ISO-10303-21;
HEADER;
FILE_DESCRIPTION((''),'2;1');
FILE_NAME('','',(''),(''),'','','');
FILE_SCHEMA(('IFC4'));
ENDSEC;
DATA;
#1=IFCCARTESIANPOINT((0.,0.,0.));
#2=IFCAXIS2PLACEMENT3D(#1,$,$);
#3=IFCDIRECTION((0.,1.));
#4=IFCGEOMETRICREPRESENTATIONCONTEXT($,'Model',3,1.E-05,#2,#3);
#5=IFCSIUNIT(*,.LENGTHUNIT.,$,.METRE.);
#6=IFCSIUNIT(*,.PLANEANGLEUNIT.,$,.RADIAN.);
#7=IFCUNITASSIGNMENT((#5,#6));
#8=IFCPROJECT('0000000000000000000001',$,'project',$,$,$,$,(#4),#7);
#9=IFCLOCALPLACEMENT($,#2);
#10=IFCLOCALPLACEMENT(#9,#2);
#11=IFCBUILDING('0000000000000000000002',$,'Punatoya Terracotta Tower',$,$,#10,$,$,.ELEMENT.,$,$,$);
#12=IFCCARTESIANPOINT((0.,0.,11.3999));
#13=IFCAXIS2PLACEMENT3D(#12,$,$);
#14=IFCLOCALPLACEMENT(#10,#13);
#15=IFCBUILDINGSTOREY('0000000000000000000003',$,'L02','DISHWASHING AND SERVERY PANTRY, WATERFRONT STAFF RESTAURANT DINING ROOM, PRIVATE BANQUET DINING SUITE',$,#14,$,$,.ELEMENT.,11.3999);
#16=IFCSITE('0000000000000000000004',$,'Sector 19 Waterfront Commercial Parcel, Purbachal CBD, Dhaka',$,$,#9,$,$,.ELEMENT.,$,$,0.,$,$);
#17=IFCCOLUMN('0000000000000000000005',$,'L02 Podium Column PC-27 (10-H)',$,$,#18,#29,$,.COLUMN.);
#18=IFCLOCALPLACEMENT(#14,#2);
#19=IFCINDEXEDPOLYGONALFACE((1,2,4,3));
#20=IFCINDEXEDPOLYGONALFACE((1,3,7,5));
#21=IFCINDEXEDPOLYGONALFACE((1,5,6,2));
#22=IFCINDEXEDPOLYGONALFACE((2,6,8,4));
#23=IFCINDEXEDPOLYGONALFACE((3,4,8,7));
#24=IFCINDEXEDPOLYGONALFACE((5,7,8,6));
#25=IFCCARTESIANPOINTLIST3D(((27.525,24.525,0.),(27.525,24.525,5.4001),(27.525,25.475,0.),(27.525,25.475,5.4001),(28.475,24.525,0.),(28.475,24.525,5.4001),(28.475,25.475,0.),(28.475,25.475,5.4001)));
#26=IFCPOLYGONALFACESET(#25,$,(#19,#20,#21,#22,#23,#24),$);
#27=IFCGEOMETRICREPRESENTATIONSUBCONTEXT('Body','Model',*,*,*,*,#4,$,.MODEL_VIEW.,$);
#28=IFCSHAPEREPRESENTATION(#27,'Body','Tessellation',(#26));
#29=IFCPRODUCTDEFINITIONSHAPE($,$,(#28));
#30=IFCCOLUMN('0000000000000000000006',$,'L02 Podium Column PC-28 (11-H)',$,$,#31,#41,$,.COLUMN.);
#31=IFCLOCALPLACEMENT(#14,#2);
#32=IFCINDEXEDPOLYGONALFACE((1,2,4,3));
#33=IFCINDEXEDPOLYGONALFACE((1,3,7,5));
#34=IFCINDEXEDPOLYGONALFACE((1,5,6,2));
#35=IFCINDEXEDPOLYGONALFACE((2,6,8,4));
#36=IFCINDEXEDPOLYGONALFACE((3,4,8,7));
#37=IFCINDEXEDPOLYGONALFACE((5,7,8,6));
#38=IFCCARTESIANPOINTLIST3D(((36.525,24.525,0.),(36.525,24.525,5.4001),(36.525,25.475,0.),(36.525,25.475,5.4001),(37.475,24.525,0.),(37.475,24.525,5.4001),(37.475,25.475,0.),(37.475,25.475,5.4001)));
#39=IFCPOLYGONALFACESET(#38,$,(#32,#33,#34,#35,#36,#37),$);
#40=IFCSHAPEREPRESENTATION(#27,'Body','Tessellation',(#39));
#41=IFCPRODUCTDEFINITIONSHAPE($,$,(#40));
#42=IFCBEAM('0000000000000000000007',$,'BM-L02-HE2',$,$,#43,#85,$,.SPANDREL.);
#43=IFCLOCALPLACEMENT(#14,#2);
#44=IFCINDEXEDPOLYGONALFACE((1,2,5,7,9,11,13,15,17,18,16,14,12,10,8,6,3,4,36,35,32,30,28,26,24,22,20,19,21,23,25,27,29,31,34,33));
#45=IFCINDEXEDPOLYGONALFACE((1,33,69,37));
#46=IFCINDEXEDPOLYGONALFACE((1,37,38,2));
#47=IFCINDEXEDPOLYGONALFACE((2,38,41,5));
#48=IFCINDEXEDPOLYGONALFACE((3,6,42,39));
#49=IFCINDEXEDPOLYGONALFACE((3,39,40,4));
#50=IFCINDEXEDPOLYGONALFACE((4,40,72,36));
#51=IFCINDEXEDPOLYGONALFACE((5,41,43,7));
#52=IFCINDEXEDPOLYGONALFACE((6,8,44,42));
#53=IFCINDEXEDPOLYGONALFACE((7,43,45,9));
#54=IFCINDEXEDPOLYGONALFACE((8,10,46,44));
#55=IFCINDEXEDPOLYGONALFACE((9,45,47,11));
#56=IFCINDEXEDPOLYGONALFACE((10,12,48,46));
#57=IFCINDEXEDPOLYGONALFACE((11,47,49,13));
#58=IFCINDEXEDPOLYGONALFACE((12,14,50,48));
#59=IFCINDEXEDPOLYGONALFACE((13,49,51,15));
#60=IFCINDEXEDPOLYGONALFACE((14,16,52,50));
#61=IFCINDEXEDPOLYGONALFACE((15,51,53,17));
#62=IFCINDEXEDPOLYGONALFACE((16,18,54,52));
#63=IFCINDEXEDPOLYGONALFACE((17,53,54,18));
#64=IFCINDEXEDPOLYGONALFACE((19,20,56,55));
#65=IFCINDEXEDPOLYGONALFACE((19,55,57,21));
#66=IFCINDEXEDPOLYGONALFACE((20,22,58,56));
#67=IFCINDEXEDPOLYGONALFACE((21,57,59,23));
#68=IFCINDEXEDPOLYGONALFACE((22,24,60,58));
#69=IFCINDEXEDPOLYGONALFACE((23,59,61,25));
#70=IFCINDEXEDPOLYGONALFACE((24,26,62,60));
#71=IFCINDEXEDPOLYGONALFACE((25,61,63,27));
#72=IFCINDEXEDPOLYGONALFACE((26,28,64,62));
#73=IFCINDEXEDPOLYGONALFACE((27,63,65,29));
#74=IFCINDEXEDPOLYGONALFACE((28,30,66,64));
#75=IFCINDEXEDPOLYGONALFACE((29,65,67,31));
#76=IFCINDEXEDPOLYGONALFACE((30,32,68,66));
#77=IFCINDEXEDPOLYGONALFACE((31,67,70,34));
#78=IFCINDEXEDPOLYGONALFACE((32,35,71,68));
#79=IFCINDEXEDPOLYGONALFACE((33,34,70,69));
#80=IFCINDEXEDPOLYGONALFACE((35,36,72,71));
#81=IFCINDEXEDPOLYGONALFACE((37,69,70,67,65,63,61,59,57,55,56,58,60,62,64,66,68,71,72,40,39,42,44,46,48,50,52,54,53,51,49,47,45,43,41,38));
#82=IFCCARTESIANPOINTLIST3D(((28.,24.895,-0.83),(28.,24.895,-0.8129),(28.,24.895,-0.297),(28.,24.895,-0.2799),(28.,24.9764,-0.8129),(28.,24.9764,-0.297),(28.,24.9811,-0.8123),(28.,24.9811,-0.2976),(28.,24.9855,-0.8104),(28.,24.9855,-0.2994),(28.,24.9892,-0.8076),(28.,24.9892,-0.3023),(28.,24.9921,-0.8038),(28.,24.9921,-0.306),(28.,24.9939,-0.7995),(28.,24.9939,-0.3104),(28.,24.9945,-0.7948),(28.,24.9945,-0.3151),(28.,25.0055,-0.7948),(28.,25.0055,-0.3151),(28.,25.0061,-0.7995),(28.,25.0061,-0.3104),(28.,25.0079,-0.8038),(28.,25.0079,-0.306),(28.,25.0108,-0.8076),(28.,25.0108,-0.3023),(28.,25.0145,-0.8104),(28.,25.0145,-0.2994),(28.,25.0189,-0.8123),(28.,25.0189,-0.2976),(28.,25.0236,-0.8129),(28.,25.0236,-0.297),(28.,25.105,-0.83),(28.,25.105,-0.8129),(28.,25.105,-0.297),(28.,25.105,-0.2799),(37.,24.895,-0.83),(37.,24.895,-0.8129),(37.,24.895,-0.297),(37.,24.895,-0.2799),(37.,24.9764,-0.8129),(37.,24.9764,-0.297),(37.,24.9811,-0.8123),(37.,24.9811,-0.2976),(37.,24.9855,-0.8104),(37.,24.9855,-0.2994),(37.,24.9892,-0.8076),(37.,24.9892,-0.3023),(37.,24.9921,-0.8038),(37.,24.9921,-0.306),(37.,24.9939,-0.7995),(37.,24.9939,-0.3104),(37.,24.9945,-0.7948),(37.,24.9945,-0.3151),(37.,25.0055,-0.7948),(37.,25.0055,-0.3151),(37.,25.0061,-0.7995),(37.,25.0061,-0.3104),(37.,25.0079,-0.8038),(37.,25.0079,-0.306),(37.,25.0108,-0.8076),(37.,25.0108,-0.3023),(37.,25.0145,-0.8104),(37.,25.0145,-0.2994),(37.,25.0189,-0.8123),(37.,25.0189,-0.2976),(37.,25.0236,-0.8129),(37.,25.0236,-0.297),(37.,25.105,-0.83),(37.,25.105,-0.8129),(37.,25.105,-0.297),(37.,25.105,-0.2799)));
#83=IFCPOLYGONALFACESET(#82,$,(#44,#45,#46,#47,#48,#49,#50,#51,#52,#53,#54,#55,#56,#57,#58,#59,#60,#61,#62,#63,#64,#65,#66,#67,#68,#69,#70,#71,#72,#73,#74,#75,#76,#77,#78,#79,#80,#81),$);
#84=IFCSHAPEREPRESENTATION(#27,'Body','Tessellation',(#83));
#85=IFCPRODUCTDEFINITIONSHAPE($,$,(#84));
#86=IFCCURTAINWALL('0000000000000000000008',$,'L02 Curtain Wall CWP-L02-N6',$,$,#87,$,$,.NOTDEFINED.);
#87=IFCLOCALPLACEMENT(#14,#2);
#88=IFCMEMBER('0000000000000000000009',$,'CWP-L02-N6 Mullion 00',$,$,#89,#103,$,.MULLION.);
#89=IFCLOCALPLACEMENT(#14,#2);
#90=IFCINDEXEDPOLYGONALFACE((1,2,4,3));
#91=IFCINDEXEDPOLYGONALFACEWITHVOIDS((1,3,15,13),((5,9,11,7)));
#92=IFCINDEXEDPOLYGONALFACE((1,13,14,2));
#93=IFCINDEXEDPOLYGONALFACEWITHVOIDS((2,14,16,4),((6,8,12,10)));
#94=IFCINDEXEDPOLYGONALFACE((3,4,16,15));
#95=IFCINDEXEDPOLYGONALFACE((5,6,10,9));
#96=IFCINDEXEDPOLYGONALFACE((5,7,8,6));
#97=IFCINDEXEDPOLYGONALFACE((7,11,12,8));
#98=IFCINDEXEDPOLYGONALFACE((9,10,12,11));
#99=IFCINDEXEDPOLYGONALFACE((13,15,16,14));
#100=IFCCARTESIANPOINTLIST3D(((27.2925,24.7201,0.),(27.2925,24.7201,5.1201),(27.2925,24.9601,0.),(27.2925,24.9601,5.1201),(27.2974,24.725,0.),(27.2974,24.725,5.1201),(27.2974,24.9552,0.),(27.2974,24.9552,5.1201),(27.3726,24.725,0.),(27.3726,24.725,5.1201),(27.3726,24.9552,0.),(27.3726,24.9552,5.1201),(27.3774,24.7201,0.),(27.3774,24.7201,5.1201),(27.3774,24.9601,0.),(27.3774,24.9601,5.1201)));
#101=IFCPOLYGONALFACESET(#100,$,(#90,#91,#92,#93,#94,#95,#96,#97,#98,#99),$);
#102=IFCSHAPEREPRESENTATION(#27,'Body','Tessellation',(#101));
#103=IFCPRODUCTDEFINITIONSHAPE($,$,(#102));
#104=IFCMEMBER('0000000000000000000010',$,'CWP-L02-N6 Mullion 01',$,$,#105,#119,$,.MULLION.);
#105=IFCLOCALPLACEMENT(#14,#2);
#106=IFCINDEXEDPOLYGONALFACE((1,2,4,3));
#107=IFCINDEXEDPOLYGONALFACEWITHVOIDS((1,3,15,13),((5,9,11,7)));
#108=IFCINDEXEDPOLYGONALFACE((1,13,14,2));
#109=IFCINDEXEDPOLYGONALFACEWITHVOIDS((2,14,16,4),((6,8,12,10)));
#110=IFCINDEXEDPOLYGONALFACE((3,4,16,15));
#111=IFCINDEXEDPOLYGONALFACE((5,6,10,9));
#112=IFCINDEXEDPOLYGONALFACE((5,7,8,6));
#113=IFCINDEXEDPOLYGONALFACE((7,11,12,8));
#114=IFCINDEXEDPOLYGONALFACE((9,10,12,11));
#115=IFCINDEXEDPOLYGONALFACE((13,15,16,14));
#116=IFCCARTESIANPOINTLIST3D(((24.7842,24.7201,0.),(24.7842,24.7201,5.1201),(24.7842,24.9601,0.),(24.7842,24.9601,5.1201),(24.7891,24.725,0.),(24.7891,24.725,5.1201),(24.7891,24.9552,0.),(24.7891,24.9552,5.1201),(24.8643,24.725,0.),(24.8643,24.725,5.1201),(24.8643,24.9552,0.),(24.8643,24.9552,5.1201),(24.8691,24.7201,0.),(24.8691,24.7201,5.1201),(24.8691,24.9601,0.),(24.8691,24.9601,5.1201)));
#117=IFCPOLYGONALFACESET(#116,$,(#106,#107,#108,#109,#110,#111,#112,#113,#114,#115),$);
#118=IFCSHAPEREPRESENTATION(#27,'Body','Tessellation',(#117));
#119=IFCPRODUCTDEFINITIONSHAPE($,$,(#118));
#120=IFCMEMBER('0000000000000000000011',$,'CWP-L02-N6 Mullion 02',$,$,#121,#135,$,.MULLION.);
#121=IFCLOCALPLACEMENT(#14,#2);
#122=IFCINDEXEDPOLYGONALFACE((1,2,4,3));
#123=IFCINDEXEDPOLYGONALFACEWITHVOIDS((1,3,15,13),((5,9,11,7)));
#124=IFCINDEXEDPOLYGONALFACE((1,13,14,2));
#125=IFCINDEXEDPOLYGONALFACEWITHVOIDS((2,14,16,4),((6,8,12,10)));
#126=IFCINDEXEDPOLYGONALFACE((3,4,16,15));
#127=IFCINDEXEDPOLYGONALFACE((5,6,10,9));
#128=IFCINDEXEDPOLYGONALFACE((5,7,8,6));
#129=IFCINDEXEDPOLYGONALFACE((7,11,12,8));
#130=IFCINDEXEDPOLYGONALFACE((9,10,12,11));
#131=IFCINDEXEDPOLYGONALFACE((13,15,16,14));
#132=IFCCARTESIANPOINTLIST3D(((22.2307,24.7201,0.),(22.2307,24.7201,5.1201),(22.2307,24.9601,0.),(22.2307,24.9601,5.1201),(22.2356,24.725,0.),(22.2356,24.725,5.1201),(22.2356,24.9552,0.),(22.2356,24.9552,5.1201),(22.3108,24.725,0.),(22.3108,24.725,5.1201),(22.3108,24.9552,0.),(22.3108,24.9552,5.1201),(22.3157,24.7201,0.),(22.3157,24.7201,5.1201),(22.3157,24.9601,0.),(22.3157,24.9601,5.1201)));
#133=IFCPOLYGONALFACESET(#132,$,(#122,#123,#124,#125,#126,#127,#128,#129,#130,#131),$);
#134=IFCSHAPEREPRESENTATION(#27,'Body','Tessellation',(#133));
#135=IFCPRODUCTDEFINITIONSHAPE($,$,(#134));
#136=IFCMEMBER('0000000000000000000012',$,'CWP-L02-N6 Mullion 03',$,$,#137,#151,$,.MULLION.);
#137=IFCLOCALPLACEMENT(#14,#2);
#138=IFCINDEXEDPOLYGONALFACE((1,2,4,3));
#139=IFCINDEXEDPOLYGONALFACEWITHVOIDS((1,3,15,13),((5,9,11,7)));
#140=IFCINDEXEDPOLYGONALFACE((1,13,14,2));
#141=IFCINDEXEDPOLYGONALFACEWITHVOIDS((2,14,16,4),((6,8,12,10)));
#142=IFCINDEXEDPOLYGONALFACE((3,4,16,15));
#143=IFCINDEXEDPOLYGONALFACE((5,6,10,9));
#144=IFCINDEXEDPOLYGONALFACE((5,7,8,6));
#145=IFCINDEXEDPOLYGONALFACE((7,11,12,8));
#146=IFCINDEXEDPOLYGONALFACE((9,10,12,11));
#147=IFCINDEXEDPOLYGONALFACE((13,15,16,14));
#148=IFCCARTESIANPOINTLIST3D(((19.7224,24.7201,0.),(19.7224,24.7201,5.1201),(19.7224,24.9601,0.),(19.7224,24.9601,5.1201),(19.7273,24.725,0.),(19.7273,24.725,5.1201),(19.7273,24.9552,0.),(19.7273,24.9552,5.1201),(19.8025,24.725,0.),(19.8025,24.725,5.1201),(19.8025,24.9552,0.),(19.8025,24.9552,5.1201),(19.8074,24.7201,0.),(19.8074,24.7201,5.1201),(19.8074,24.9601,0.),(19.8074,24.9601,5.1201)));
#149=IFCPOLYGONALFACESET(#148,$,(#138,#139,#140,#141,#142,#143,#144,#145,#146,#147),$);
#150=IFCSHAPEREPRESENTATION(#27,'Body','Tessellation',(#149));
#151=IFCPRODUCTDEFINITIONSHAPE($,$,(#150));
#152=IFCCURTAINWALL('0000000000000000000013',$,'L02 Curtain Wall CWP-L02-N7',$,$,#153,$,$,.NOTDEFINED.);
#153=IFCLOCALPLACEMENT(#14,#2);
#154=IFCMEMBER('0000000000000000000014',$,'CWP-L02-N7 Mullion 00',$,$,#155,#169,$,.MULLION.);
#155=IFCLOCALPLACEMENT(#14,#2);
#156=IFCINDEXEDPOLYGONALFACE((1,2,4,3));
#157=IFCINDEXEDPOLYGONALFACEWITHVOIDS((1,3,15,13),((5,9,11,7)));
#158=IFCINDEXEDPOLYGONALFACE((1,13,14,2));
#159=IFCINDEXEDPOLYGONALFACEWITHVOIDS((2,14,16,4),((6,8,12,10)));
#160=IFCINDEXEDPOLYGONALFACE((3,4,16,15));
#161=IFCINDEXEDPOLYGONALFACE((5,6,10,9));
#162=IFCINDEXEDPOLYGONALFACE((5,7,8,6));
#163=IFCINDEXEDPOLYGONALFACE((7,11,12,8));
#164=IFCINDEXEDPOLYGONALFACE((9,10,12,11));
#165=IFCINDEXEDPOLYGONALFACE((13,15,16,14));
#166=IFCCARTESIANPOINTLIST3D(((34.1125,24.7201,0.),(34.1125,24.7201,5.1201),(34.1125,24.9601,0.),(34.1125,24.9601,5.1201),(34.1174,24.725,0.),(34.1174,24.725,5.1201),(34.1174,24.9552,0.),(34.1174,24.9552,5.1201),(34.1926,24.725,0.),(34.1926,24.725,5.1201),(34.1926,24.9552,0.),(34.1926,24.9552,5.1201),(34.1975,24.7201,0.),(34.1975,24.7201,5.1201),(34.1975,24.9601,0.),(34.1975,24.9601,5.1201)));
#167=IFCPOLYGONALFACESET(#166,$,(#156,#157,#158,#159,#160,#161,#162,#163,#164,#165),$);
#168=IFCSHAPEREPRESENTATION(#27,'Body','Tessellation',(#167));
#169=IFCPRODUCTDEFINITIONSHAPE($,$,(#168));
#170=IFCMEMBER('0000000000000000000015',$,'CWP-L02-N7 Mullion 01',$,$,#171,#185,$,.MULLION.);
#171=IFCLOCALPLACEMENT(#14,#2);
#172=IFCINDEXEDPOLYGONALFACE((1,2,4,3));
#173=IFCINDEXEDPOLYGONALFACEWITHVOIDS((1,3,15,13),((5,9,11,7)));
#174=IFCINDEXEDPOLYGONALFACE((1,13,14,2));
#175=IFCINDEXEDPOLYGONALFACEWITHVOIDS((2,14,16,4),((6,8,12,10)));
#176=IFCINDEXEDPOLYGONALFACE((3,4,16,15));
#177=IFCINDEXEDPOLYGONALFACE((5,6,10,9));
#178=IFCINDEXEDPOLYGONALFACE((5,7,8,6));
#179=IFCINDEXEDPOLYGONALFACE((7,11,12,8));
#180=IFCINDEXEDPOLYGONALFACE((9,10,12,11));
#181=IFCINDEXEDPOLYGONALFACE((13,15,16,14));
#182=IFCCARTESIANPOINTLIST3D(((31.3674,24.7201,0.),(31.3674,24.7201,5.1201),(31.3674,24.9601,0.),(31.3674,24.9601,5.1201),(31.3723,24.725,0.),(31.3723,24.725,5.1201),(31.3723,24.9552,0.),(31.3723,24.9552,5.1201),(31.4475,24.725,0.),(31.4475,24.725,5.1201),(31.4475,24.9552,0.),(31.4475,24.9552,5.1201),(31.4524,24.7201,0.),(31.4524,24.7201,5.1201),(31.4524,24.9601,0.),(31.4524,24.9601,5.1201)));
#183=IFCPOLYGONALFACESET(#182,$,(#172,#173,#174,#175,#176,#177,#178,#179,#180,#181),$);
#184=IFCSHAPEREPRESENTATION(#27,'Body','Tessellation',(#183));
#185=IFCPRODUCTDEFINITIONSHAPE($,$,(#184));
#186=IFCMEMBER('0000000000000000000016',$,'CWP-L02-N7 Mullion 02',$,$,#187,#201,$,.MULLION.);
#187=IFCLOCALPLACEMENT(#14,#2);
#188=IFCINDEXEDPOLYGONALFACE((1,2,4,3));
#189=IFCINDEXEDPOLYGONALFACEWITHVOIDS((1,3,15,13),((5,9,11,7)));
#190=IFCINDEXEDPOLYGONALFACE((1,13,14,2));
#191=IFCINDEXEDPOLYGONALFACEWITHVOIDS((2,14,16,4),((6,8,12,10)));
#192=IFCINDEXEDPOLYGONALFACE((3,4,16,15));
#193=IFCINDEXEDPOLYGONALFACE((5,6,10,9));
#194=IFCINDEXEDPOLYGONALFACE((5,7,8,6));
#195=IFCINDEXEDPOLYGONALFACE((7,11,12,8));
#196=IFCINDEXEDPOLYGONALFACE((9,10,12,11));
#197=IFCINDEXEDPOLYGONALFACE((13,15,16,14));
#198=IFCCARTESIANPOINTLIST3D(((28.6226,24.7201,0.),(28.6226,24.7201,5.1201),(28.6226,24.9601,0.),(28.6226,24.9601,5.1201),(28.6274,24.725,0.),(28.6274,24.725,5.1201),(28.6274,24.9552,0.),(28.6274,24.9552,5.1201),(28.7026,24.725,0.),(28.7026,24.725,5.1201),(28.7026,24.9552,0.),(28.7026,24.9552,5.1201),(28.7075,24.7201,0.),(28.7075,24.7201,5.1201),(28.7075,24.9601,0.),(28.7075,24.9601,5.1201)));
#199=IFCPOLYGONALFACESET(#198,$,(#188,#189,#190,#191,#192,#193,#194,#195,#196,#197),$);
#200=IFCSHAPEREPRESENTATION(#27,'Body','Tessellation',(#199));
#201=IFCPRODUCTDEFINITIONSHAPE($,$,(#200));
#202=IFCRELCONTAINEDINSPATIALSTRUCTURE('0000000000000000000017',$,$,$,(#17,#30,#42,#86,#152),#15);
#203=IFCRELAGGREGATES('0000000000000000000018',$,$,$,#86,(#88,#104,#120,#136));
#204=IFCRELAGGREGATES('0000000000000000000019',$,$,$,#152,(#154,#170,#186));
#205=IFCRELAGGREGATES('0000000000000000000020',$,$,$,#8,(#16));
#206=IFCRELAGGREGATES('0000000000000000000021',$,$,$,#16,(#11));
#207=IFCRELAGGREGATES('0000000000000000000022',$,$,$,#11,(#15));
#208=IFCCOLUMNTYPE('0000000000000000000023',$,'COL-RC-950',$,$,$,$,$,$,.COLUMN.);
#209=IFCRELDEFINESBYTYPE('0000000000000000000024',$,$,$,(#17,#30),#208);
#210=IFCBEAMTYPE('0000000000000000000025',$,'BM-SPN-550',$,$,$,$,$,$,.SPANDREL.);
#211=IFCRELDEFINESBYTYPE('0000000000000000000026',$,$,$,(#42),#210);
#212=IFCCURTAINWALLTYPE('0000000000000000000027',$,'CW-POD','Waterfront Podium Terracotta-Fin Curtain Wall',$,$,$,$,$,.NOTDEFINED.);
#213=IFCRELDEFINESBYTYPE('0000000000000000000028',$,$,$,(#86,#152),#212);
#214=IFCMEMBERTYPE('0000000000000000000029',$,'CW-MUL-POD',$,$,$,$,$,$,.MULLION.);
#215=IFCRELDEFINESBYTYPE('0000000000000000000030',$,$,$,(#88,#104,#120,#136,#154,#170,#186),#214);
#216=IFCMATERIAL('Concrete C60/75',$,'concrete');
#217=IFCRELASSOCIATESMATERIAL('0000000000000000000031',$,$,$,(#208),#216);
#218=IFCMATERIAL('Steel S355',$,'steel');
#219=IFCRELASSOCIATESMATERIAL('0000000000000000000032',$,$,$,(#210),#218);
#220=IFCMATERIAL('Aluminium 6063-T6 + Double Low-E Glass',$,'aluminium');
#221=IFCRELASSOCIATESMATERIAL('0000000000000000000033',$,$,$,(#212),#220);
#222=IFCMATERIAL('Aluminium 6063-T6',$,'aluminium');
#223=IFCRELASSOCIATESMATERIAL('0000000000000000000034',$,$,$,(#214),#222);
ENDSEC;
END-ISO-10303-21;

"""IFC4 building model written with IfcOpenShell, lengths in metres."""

from ifc_helpers import new_model, si_unit, direction, frame, origin, origin_2d, place, context, subcontext, project, spatial, rectangle, hollow_rectangle, i_section, extrude, material, material_profile, profile_set, type_object, element, aggregate, save


model = new_model("IFC4")

# Units and contexts
model_context = context("Model", 3, precision=1e-05, world=origin(), true_north=direction((0.0, 1.0)))
body_context = subcontext(model_context, "Body", "Model", "MODEL_VIEW")
ifc_project = project(units=[si_unit("LENGTHUNIT", "METRE"), si_unit("PLANEANGLEUNIT", "RADIAN")], contexts=[model_context])

# Site, building, storey
site_placement = place(None, origin())
site = spatial("IfcSite", under=ifc_project, at=site_placement, Name="Sector 19 Waterfront Commercial Parcel, Purbachal CBD, Dhaka", CompositionType="ELEMENT", RefElevation=0.0)
building_placement = place(site_placement, origin())
building = spatial("IfcBuilding", under=site, at=building_placement, Name="Punatoya Terracotta Tower", CompositionType="ELEMENT")
storey_placement = place(building_placement, frame((0.0, 0.0, 11.3999)))
storey = spatial("IfcBuildingStorey", under=building, at=storey_placement, Name="L02", Description="DISHWASHING AND SERVERY PANTRY, WATERFRONT STAFF RESTAURANT DINING ROOM, PRIVATE BANQUET DINING SUITE", CompositionType="ELEMENT", Elevation=11.3999)

# Columns
ifc_material_1 = material(Name="Concrete C60/75", Category="concrete")
ifc_material_profile_1 = material_profile(ifc_material_1, rectangle(XDim=0.95, YDim=0.95, at=origin_2d()))
ifc_profile_set_1 = profile_set([ifc_material_profile_1], Name="Concrete C60/75")
column_type = type_object("IfcColumnType", Name="COL-RC-950", PredefinedType="COLUMN", material=ifc_profile_set_1)
for number, where, z_axis, x_axis, name in (
    (1, (28.0, 25.0, 0.0), (0.0, 0.0, 1.0), (1.0, 0.0, 0.0), "L02 Podium Column PC-27 (10-H)"),
    (2, (37.0, 25.0, 0.0), (0.0, 0.0, 1.0), (1.0, 0.0, 0.0), "L02 Podium Column PC-28 (11-H)"),
):
    element("IfcColumn", number, at=place(storey_placement, frame(where, z_axis=z_axis, x_axis=x_axis)), inside=storey, type_object=column_type, Name=name, PredefinedType="COLUMN", context=body_context, shape_type="SweptSolid", body=[
        extrude(rectangle(XDim=0.95, YDim=0.95, at=origin_2d()), origin(), (0.0, 0.0, 1.0), 5.4001),
    ])

# Beam
ifc_material_2 = material(Name="Steel S355", Category="steel")
ifc_material_profile_2 = material_profile(ifc_material_2, i_section(OverallWidth=0.21, OverallDepth=0.55, WebThickness=0.011, FlangeThickness=0.0171, FilletRadius=0.0181, at=origin_2d()))
ifc_profile_set_2 = profile_set([ifc_material_profile_2], Name="Steel S355")
beam_type = type_object("IfcBeamType", Name="BM-SPN-550", PredefinedType="SPANDREL", material=ifc_profile_set_2)
beam_placement = place(storey_placement, frame((28.0, 25.0, -0.5549), z_axis=(1.0, 0.0, 0.0), x_axis=(0.0, 1.0, 0.0)))
element("IfcBeam", 3, at=beam_placement, inside=storey, type_object=beam_type, Name="BM-L02-HE2", PredefinedType="SPANDREL", context=body_context, shape_type="SweptSolid", body=[
    extrude(i_section(OverallWidth=0.21, OverallDepth=0.55, WebThickness=0.011, FlangeThickness=0.0171, FilletRadius=0.0181, at=origin_2d()), origin(), (0.0, 0.0, 1.0), 9.0),
])

# Curtain walls, members
ifc_material_3 = material(Name="Aluminium 6063-T6 + Double Low-E Glass", Category="aluminium")
curtain_wall_type = type_object("IfcCurtainWallType", Name="CW-POD", Description="Waterfront Podium Terracotta-Fin Curtain Wall", PredefinedType="NOTDEFINED", material=ifc_material_3)
curtain_wall_1_placement = place(storey_placement, origin())
curtain_wall_1 = element("IfcCurtainWall", 4, at=curtain_wall_1_placement, inside=storey, type_object=curtain_wall_type, Name="L02 Curtain Wall CWP-L02-N6", PredefinedType="NOTDEFINED")
ifc_material_4 = material(Name="Aluminium 6063-T6", Category="aluminium")
ifc_material_profile_3 = material_profile(ifc_material_4, hollow_rectangle(XDim=0.085, YDim=0.24, WallThickness=0.0049, at=origin_2d()))
ifc_profile_set_3 = profile_set([ifc_material_profile_3], Name="Aluminium 6063-T6")
member_type_1 = type_object("IfcMemberType", Name="CW-MUL-POD", PredefinedType="MULLION", material=ifc_profile_set_3)
member_1_placement = place(storey_placement, frame((27.335, 24.8401, 0.0), z_axis=(0.0, 0.0, 1.0), x_axis=(1.0, 0.0, 0.0)))
member_1 = element("IfcMember", 5, at=member_1_placement, type_object=member_type_1, Name="CWP-L02-N6 Mullion 00", PredefinedType="MULLION", context=body_context, shape_type="SweptSolid", body=[
    extrude(hollow_rectangle(XDim=0.085, YDim=0.24, WallThickness=0.0049, at=origin_2d()), origin(), (0.0, 0.0, 1.0), 5.1201),
])
member_2_placement = place(storey_placement, frame((24.8267, 24.8401, 0.0), z_axis=(0.0, 0.0, 1.0), x_axis=(1.0, 0.0, 0.0)))
member_2 = element("IfcMember", 6, at=member_2_placement, type_object=member_type_1, Name="CWP-L02-N6 Mullion 01", PredefinedType="MULLION", context=body_context, shape_type="SweptSolid", body=[
    extrude(hollow_rectangle(XDim=0.085, YDim=0.24, WallThickness=0.0049, at=origin_2d()), origin(), (0.0, 0.0, 1.0), 5.1201),
])
member_3_placement = place(storey_placement, frame((22.2732, 24.8401, 0.0), z_axis=(0.0, 0.0, 1.0), x_axis=(1.0, 0.0, 0.0)))
member_3 = element("IfcMember", 7, at=member_3_placement, type_object=member_type_1, Name="CWP-L02-N6 Mullion 02", PredefinedType="MULLION", context=body_context, shape_type="SweptSolid", body=[
    extrude(hollow_rectangle(XDim=0.085, YDim=0.24, WallThickness=0.0049, at=origin_2d()), origin(), (0.0, 0.0, 1.0), 5.1201),
])
member_4_placement = place(storey_placement, frame((19.7649, 24.8401, 0.0), z_axis=(0.0, 0.0, 1.0), x_axis=(1.0, 0.0, 0.0)))
member_4 = element("IfcMember", 8, at=member_4_placement, type_object=member_type_1, Name="CWP-L02-N6 Mullion 03", PredefinedType="MULLION", context=body_context, shape_type="SweptSolid", body=[
    extrude(hollow_rectangle(XDim=0.085, YDim=0.24, WallThickness=0.0049, at=origin_2d()), origin(), (0.0, 0.0, 1.0), 5.1201),
])
curtain_wall_2_placement = place(storey_placement, origin())
curtain_wall_2 = element("IfcCurtainWall", 9, at=curtain_wall_2_placement, inside=storey, type_object=curtain_wall_type, Name="L02 Curtain Wall CWP-L02-N7", PredefinedType="NOTDEFINED")
member_5_placement = place(storey_placement, frame((34.155, 24.8401, 0.0), z_axis=(0.0, 0.0, 1.0), x_axis=(1.0, 0.0, 0.0)))
member_5 = element("IfcMember", 10, at=member_5_placement, type_object=member_type_1, Name="CWP-L02-N7 Mullion 00", PredefinedType="MULLION", context=body_context, shape_type="SweptSolid", body=[
    extrude(hollow_rectangle(XDim=0.085, YDim=0.24, WallThickness=0.0049, at=origin_2d()), origin(), (0.0, 0.0, 1.0), 5.1201),
])
member_6_placement = place(storey_placement, frame((31.4099, 24.8401, 0.0), z_axis=(0.0, 0.0, 1.0), x_axis=(1.0, 0.0, 0.0)))
member_6 = element("IfcMember", 11, at=member_6_placement, type_object=member_type_1, Name="CWP-L02-N7 Mullion 01", PredefinedType="MULLION", context=body_context, shape_type="SweptSolid", body=[
    extrude(hollow_rectangle(XDim=0.085, YDim=0.24, WallThickness=0.0049, at=origin_2d()), origin(), (0.0, 0.0, 1.0), 5.1201),
])
member_7_placement = place(storey_placement, frame((28.665, 24.8401, 0.0), z_axis=(0.0, 0.0, 1.0), x_axis=(1.0, 0.0, 0.0)))
member_7 = element("IfcMember", 12, at=member_7_placement, type_object=member_type_1, Name="CWP-L02-N7 Mullion 02", PredefinedType="MULLION", context=body_context, shape_type="SweptSolid", body=[
    extrude(hollow_rectangle(XDim=0.085, YDim=0.24, WallThickness=0.0049, at=origin_2d()), origin(), (0.0, 0.0, 1.0), 5.1201),
])

aggregate(curtain_wall_1, [member_1, member_2, member_3, member_4])
aggregate(curtain_wall_2, [member_5, member_6, member_7])

save(model, "model.ifc")
